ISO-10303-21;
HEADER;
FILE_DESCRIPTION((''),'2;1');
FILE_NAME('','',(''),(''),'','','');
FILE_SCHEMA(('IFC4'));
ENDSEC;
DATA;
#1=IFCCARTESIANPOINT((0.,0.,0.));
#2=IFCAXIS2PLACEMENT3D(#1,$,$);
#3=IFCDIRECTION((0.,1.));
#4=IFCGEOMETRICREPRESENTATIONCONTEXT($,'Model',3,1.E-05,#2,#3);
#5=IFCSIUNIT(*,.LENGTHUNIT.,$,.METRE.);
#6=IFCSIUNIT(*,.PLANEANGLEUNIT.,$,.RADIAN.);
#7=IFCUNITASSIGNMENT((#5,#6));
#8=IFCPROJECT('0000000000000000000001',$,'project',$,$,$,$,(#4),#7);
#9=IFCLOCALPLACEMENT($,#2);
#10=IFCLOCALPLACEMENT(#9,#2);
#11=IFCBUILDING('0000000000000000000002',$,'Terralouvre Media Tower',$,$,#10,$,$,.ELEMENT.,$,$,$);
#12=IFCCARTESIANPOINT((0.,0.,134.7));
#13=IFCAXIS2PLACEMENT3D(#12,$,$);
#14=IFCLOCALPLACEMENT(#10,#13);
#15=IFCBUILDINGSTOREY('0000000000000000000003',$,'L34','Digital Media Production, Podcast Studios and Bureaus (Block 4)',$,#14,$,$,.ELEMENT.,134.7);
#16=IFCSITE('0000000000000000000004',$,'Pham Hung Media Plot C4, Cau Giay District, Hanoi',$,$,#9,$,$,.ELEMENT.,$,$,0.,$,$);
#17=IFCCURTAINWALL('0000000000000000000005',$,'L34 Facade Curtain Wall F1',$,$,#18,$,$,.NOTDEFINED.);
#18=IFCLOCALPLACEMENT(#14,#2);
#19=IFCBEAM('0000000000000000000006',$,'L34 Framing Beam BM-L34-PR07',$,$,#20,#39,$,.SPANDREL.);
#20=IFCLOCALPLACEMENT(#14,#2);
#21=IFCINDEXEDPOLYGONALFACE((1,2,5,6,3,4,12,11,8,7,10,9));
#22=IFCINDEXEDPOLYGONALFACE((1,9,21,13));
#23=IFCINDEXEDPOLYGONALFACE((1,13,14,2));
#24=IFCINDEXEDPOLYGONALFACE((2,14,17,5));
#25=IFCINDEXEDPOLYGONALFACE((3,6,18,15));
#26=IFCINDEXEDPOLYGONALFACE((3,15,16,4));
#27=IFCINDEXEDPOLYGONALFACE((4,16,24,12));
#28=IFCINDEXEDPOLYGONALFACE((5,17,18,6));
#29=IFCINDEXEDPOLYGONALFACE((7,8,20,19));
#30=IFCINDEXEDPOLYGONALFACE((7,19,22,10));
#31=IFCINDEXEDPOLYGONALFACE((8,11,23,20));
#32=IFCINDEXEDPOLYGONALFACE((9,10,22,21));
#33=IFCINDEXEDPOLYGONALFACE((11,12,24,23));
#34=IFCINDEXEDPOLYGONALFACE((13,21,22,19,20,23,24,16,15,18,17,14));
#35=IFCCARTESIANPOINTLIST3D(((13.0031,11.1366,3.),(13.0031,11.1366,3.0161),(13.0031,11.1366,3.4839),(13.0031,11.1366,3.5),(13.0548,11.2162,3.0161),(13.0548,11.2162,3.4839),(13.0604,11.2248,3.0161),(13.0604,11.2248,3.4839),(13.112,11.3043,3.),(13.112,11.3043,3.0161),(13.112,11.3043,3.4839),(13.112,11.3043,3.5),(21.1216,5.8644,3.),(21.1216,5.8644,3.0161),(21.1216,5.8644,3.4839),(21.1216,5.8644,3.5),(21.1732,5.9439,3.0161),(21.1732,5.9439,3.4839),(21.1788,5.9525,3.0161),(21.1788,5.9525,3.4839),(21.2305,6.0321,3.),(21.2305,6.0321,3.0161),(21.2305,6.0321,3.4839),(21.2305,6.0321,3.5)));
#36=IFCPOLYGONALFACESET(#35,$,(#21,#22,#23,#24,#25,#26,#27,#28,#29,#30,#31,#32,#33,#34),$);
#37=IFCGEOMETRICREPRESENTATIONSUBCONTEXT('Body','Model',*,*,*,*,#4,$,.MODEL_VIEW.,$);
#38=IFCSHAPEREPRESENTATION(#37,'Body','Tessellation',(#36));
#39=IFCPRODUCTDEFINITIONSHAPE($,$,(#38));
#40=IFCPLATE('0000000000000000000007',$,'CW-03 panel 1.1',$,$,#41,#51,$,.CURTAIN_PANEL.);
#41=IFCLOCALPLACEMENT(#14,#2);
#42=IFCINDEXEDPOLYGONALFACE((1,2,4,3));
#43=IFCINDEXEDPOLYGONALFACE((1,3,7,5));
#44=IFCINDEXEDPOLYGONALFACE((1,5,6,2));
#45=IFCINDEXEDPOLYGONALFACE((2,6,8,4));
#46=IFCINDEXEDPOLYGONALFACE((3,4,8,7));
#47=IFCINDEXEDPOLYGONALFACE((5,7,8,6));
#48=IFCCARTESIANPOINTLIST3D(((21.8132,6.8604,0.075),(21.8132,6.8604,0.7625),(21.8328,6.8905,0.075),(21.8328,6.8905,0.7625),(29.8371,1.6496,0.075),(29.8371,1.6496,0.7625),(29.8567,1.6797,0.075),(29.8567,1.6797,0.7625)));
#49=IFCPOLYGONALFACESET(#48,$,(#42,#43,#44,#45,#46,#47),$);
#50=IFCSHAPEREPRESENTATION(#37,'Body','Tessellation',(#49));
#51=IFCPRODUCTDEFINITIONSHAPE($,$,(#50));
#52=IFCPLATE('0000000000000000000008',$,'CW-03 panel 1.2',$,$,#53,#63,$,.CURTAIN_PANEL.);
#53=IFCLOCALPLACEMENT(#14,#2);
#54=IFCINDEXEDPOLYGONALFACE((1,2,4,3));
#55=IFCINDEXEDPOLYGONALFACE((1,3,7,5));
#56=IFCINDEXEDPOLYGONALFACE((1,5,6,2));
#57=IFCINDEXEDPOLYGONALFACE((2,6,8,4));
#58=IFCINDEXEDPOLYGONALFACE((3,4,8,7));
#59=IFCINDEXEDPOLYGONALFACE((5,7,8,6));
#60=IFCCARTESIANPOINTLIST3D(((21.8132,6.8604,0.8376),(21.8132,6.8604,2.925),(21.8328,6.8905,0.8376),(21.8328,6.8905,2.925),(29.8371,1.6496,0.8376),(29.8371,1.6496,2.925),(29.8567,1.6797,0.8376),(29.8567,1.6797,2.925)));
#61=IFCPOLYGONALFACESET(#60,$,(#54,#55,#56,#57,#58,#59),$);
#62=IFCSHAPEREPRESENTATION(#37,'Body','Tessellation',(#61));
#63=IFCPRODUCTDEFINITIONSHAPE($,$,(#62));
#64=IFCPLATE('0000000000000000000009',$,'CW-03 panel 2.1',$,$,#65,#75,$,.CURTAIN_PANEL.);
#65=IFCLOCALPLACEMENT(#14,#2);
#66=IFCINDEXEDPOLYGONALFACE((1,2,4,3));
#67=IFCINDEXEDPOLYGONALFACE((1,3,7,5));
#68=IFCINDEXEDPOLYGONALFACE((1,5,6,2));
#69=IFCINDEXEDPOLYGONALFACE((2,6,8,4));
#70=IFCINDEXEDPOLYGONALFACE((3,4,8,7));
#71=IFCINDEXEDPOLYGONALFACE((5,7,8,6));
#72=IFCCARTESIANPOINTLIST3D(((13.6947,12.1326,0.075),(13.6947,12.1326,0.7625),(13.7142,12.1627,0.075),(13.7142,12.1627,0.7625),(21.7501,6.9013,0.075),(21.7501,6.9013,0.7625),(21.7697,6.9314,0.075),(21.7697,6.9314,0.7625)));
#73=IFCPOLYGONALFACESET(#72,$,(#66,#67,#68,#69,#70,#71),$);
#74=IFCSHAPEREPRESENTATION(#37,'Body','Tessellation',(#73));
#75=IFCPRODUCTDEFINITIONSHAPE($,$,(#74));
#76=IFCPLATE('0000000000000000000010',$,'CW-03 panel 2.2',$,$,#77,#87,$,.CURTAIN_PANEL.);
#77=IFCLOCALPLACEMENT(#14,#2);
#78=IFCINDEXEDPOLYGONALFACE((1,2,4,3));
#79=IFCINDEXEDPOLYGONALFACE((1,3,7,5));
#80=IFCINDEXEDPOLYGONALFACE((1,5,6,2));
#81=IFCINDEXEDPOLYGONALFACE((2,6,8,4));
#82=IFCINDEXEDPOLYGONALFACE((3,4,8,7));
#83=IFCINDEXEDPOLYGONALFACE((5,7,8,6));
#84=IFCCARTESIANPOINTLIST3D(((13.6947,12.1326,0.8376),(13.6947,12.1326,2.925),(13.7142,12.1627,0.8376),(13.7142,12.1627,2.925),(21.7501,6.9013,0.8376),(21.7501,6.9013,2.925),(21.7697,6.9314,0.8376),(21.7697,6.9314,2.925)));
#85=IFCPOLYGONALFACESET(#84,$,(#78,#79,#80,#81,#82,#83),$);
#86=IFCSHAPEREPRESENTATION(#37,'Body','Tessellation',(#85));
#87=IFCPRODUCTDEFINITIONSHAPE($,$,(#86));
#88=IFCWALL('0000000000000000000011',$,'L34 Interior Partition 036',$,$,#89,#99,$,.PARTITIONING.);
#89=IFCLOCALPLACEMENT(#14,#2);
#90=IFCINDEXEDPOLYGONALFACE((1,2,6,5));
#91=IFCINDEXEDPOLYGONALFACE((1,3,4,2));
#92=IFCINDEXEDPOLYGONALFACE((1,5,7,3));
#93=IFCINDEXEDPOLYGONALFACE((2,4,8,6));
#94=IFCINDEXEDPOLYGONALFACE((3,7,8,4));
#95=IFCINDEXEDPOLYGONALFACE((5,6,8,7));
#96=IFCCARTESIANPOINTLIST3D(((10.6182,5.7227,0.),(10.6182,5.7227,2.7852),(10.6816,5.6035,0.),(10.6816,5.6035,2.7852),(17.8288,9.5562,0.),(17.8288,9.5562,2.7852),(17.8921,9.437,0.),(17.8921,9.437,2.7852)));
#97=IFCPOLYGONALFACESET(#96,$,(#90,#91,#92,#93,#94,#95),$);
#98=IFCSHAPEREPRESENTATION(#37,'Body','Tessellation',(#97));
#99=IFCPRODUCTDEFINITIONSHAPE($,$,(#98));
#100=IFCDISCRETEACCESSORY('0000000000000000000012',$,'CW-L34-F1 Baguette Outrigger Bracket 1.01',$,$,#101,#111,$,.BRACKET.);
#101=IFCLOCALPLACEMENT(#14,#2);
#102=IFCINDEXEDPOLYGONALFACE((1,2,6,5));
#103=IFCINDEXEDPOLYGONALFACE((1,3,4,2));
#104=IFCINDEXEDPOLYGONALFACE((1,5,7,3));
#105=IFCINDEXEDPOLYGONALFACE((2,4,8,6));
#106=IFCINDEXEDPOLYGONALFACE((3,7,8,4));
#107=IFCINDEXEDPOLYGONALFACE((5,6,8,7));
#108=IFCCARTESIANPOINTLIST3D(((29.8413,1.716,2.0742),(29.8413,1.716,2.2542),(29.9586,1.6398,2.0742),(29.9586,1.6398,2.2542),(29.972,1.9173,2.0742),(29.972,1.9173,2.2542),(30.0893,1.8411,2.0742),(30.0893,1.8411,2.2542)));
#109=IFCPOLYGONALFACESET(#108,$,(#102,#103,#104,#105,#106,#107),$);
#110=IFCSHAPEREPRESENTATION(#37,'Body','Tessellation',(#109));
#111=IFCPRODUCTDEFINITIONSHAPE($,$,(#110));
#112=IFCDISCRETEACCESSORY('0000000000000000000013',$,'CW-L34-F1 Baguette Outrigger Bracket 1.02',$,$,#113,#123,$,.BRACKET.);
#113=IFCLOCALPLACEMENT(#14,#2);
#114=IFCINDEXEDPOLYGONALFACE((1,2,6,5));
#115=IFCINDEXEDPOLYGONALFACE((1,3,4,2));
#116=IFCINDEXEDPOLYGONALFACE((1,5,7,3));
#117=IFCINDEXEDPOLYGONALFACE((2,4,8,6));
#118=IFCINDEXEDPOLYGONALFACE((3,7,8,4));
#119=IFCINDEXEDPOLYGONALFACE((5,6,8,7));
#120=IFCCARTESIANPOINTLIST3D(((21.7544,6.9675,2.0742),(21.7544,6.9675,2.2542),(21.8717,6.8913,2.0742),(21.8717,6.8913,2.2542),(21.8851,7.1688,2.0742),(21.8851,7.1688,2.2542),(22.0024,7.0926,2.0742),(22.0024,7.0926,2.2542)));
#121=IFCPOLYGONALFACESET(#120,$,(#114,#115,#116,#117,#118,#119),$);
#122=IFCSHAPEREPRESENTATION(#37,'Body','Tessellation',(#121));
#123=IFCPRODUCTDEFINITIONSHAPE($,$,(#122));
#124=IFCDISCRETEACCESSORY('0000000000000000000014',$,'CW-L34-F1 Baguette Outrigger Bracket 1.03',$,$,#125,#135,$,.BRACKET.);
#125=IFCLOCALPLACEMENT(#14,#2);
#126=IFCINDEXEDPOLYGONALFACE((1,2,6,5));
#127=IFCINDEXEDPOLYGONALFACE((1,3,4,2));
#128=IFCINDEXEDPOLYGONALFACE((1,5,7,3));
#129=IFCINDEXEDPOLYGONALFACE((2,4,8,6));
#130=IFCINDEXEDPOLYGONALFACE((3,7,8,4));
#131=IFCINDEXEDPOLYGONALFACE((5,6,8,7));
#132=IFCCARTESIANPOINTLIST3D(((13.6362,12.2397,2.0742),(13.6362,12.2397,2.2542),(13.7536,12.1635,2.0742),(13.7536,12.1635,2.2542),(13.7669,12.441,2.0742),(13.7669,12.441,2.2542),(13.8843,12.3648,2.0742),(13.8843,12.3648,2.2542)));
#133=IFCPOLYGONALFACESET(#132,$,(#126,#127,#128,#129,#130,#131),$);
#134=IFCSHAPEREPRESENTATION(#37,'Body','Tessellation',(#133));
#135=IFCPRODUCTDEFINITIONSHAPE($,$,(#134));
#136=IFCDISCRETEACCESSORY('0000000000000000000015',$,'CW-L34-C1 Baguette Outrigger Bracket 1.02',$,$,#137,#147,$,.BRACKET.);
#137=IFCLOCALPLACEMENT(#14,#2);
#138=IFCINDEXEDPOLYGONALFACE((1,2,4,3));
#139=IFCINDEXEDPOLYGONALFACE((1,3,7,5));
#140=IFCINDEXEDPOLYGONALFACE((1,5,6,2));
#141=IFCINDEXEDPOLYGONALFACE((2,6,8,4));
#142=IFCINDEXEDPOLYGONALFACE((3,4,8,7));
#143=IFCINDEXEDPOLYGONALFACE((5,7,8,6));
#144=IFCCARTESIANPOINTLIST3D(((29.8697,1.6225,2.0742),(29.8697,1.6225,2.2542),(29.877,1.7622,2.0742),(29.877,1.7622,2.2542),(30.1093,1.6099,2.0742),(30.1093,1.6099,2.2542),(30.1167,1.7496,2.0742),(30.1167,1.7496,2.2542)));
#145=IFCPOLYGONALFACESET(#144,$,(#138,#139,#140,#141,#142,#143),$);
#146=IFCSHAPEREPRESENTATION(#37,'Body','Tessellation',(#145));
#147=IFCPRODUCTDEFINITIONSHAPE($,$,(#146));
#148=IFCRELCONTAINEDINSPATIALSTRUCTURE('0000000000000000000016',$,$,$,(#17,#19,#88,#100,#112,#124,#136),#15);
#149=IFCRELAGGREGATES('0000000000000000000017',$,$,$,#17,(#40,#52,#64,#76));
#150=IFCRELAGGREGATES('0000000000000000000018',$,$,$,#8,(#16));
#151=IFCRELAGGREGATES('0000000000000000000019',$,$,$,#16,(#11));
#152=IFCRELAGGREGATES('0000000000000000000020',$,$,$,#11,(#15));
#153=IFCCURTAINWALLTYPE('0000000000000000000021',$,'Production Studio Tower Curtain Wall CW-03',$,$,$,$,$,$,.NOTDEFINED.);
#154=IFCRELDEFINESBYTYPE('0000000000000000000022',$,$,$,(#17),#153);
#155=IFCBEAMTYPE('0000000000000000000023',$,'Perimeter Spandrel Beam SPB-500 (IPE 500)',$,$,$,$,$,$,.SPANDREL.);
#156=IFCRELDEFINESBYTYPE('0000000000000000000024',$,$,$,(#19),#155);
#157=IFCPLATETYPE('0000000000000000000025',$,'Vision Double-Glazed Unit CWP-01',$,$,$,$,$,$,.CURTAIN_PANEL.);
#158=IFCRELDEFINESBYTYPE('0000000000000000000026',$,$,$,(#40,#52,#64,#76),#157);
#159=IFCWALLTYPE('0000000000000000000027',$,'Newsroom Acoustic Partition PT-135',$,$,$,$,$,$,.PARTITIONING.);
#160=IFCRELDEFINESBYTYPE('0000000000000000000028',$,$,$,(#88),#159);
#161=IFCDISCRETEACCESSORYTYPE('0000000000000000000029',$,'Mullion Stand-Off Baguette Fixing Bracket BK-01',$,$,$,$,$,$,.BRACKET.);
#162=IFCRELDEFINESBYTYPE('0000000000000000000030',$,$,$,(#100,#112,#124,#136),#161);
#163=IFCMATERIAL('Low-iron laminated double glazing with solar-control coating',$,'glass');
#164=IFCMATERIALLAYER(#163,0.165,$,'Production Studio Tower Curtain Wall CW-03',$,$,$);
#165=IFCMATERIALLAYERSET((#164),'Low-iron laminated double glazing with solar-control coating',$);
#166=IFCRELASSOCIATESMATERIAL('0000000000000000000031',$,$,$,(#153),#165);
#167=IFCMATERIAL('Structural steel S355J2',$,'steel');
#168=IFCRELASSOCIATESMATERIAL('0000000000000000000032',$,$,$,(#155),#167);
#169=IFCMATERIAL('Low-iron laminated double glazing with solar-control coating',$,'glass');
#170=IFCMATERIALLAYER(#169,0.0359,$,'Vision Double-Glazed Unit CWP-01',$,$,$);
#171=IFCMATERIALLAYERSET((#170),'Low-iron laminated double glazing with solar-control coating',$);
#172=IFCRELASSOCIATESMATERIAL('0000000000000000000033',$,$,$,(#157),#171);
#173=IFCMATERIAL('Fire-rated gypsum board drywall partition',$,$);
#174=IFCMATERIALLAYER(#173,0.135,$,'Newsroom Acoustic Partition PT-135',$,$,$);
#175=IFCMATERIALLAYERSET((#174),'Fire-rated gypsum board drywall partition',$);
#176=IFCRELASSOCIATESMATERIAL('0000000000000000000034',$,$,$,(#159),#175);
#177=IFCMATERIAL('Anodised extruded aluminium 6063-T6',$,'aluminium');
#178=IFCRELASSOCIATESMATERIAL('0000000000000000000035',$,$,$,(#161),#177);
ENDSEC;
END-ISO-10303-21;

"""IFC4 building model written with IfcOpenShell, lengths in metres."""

from ifc_helpers import new_model, si_unit, direction, frame, frame_2d, origin, origin_2d, place, context, subcontext, project, spatial, rectangle, i_section, extrude, material, layer, layer_set, material_profile, profile_set, type_object, element, aggregate, save


model = new_model("IFC4")

# Units and contexts
model_context = context("Model", 3, precision=1e-05, world=origin(), true_north=direction((0.0, 1.0)))
body_context = subcontext(model_context, "Body", "Model", "MODEL_VIEW")
ifc_project = project(units=[si_unit("LENGTHUNIT", "METRE"), si_unit("PLANEANGLEUNIT", "RADIAN")], contexts=[model_context])

# Site, building, storey
site_placement = place(None, origin())
site = spatial("IfcSite", under=ifc_project, at=site_placement, Name="Pham Hung Media Plot C4, Cau Giay District, Hanoi", CompositionType="ELEMENT", RefElevation=0.0)
building_placement = place(site_placement, origin())
building = spatial("IfcBuilding", under=site, at=building_placement, Name="Terralouvre Media Tower", CompositionType="ELEMENT")
storey_placement = place(building_placement, frame((0.0, 0.0, 134.7)))
storey = spatial("IfcBuildingStorey", under=building, at=storey_placement, Name="L34", Description="Digital Media Production, Podcast Studios and Bureaus (Block 4)", CompositionType="ELEMENT", Elevation=134.7)

# Curtain wall
ifc_material_1 = material(Name="Low-iron laminated double glazing with solar-control coating", Category="glass")
ifc_layer_1 = layer(ifc_material_1, 0.165, Name="Production Studio Tower Curtain Wall CW-03")
ifc_layer_set_1 = layer_set([ifc_layer_1], Name="Low-iron laminated double glazing with solar-control coating")
curtain_wall_type_1 = type_object("IfcCurtainWallType", Name="Production Studio Tower Curtain Wall CW-03", PredefinedType="NOTDEFINED", material=ifc_layer_set_1)
curtain_wall_1_placement = place(storey_placement, origin())
curtain_wall_1 = element("IfcCurtainWall", 1, at=curtain_wall_1_placement, inside=storey, type_object=curtain_wall_type_1, Name="L34 Facade Curtain Wall F1", PredefinedType="NOTDEFINED")

# Beam
ifc_material_2 = material(Name="Structural steel S355J2", Category="steel")
ifc_material_profile_1 = material_profile(ifc_material_2, i_section(OverallWidth=0.2, OverallDepth=0.5, WebThickness=0.0103, FlangeThickness=0.0161, at=origin_2d()), Name="IPE 500")
ifc_profile_set_1 = profile_set([ifc_material_profile_1], Name="Structural steel S355J2")
beam_type_1 = type_object("IfcBeamType", Name="Perimeter Spandrel Beam SPB-500 (IPE 500)", PredefinedType="SPANDREL", material=ifc_profile_set_1)
beam_1_placement = place(storey_placement, frame((21.176, 5.9482, 3.25), z_axis=(-0.838668, 0.544643, 0.0), x_axis=(-0.544643, -0.838668, 0.0)))
element("IfcBeam", 2, at=beam_1_placement, inside=storey, type_object=beam_type_1, Name="L34 Framing Beam BM-L34-PR07", PredefinedType="SPANDREL", context=body_context, shape_type="SweptSolid", body=[
    extrude(i_section(OverallWidth=0.2, OverallDepth=0.5, WebThickness=0.0103, FlangeThickness=0.0161, at=origin_2d()), origin(), (0.0, 0.0, 1.0), 9.6802),
])

# Plates
ifc_material_3 = material(Name="Low-iron laminated double glazing with solar-control coating", Category="glass")
ifc_layer_2 = layer(ifc_material_3, 0.0359, Name="Vision Double-Glazed Unit CWP-01")
ifc_layer_set_2 = layer_set([ifc_layer_2], Name="Low-iron laminated double glazing with solar-control coating")
plate_type = type_object("IfcPlateType", Name="Vision Double-Glazed Unit CWP-01", PredefinedType="CURTAIN_PANEL", material=ifc_layer_set_2)
plate_1_placement = place(storey_placement, frame((25.835, 4.27, 0.075), z_axis=(0.0, 0.0, 1.0), x_axis=(-0.838671, 0.544639, 0.0)))
plate_1 = element("IfcPlate", 3, at=plate_1_placement, type_object=plate_type, Name="CW-03 panel 1.1", PredefinedType="CURTAIN_PANEL", context=body_context, shape_type="SweptSolid", body=[
    extrude(rectangle(XDim=9.5674, YDim=0.0359, at=origin_2d()), origin(), (0.0, 0.0, 1.0), 0.6875),
])
plate_2_placement = place(storey_placement, frame((25.835, 4.27, 0.8376), z_axis=(0.0, 0.0, 1.0), x_axis=(-0.838671, 0.544639, 0.0)))
plate_2 = element("IfcPlate", 4, at=plate_2_placement, type_object=plate_type, Name="CW-03 panel 1.2", PredefinedType="CURTAIN_PANEL", context=body_context, shape_type="SweptSolid", body=[
    extrude(rectangle(XDim=9.5674, YDim=0.0359, at=origin_2d()), origin(), (0.0, 0.0, 1.0), 2.0874),
])
plate_3_placement = place(storey_placement, frame((17.7322, 9.532, 0.075), z_axis=(0.0, 0.0, 1.0), x_axis=(-0.838671, 0.544639, 0.0)))
plate_3 = element("IfcPlate", 5, at=plate_3_placement, type_object=plate_type, Name="CW-03 panel 2.1", PredefinedType="CURTAIN_PANEL", context=body_context, shape_type="SweptSolid", body=[
    extrude(rectangle(XDim=9.605, YDim=0.0359, at=origin_2d()), origin(), (0.0, 0.0, 1.0), 0.6875),
])
plate_4_placement = place(storey_placement, frame((17.7322, 9.532, 0.8376), z_axis=(0.0, 0.0, 1.0), x_axis=(-0.838671, 0.544639, 0.0)))
plate_4 = element("IfcPlate", 6, at=plate_4_placement, type_object=plate_type, Name="CW-03 panel 2.2", PredefinedType="CURTAIN_PANEL", context=body_context, shape_type="SweptSolid", body=[
    extrude(rectangle(XDim=9.605, YDim=0.0359, at=origin_2d()), origin(), (0.0, 0.0, 1.0), 2.0874),
])
aggregate(curtain_wall_1, [plate_1, plate_2, plate_3, plate_4])

# Wall
ifc_material_4 = material(Name="Fire-rated gypsum board drywall partition")
ifc_layer_3 = layer(ifc_material_4, 0.135, Name="Newsroom Acoustic Partition PT-135")
ifc_layer_set_3 = layer_set([ifc_layer_3], Name="Fire-rated gypsum board drywall partition")
wall_type = type_object("IfcWallType", Name="Newsroom Acoustic Partition PT-135", PredefinedType="PARTITIONING", material=ifc_layer_set_3)
wall_placement = place(storey_placement, frame((17.8604, 9.4966, 0.0), z_axis=(0.0, 0.0, 1.0), x_axis=(-0.882966, -0.469436, 0.0)))
element("IfcWall", 7, at=wall_placement, inside=storey, type_object=wall_type, Name="L34 Interior Partition 036", PredefinedType="PARTITIONING", context=body_context, shape_type="SweptSolid", body=[
    extrude(rectangle(XDim=8.1663, YDim=0.135, at=frame_2d((4.083, 0.0))), origin(), (0.0, 0.0, 1.0), 2.7852),
])

# Discrete accessories
ifc_material_5 = material(Name="Anodised extruded aluminium 6063-T6", Category="aluminium")
discrete_accessory_type = type_object("IfcDiscreteAccessoryType", Name="Mullion Stand-Off Baguette Fixing Bracket BK-01", PredefinedType="BRACKET", material=ifc_material_5)
for number, where, z_axis, x_axis, name in (
    (8, (29.9653, 1.7786, 2.0742), (0.0, 0.0, 1.0), (-0.838671, 0.544639, 0.0), "CW-L34-F1 Baguette Outrigger Bracket 1.01"),
    (9, (21.8784, 7.03, 2.0742), (0.0, 0.0, 1.0), (-0.838671, 0.544639, 0.0), "CW-L34-F1 Baguette Outrigger Bracket 1.02"),
    (10, (13.7603, 12.3022, 2.0742), (0.0, 0.0, 1.0), (-0.838671, 0.544639, 0.0), "CW-L34-F1 Baguette Outrigger Bracket 1.03"),
    (11, (29.9932, 1.686, 2.0742), (0.0, 0.0, 1.0), (0.052337, 0.998629, 0.0), "CW-L34-C1 Baguette Outrigger Bracket 1.02"),
):
    element("IfcDiscreteAccessory", number, at=place(storey_placement, frame(where, z_axis=z_axis, x_axis=x_axis)), inside=storey, type_object=discrete_accessory_type, Name=name, PredefinedType="BRACKET", context=body_context, shape_type="SweptSolid", body=[
        extrude(rectangle(XDim=0.1399, YDim=0.24, at=origin_2d()), origin(), (0.0, 0.0, 1.0), 0.1799),
    ])

save(model, "model.ifc")
